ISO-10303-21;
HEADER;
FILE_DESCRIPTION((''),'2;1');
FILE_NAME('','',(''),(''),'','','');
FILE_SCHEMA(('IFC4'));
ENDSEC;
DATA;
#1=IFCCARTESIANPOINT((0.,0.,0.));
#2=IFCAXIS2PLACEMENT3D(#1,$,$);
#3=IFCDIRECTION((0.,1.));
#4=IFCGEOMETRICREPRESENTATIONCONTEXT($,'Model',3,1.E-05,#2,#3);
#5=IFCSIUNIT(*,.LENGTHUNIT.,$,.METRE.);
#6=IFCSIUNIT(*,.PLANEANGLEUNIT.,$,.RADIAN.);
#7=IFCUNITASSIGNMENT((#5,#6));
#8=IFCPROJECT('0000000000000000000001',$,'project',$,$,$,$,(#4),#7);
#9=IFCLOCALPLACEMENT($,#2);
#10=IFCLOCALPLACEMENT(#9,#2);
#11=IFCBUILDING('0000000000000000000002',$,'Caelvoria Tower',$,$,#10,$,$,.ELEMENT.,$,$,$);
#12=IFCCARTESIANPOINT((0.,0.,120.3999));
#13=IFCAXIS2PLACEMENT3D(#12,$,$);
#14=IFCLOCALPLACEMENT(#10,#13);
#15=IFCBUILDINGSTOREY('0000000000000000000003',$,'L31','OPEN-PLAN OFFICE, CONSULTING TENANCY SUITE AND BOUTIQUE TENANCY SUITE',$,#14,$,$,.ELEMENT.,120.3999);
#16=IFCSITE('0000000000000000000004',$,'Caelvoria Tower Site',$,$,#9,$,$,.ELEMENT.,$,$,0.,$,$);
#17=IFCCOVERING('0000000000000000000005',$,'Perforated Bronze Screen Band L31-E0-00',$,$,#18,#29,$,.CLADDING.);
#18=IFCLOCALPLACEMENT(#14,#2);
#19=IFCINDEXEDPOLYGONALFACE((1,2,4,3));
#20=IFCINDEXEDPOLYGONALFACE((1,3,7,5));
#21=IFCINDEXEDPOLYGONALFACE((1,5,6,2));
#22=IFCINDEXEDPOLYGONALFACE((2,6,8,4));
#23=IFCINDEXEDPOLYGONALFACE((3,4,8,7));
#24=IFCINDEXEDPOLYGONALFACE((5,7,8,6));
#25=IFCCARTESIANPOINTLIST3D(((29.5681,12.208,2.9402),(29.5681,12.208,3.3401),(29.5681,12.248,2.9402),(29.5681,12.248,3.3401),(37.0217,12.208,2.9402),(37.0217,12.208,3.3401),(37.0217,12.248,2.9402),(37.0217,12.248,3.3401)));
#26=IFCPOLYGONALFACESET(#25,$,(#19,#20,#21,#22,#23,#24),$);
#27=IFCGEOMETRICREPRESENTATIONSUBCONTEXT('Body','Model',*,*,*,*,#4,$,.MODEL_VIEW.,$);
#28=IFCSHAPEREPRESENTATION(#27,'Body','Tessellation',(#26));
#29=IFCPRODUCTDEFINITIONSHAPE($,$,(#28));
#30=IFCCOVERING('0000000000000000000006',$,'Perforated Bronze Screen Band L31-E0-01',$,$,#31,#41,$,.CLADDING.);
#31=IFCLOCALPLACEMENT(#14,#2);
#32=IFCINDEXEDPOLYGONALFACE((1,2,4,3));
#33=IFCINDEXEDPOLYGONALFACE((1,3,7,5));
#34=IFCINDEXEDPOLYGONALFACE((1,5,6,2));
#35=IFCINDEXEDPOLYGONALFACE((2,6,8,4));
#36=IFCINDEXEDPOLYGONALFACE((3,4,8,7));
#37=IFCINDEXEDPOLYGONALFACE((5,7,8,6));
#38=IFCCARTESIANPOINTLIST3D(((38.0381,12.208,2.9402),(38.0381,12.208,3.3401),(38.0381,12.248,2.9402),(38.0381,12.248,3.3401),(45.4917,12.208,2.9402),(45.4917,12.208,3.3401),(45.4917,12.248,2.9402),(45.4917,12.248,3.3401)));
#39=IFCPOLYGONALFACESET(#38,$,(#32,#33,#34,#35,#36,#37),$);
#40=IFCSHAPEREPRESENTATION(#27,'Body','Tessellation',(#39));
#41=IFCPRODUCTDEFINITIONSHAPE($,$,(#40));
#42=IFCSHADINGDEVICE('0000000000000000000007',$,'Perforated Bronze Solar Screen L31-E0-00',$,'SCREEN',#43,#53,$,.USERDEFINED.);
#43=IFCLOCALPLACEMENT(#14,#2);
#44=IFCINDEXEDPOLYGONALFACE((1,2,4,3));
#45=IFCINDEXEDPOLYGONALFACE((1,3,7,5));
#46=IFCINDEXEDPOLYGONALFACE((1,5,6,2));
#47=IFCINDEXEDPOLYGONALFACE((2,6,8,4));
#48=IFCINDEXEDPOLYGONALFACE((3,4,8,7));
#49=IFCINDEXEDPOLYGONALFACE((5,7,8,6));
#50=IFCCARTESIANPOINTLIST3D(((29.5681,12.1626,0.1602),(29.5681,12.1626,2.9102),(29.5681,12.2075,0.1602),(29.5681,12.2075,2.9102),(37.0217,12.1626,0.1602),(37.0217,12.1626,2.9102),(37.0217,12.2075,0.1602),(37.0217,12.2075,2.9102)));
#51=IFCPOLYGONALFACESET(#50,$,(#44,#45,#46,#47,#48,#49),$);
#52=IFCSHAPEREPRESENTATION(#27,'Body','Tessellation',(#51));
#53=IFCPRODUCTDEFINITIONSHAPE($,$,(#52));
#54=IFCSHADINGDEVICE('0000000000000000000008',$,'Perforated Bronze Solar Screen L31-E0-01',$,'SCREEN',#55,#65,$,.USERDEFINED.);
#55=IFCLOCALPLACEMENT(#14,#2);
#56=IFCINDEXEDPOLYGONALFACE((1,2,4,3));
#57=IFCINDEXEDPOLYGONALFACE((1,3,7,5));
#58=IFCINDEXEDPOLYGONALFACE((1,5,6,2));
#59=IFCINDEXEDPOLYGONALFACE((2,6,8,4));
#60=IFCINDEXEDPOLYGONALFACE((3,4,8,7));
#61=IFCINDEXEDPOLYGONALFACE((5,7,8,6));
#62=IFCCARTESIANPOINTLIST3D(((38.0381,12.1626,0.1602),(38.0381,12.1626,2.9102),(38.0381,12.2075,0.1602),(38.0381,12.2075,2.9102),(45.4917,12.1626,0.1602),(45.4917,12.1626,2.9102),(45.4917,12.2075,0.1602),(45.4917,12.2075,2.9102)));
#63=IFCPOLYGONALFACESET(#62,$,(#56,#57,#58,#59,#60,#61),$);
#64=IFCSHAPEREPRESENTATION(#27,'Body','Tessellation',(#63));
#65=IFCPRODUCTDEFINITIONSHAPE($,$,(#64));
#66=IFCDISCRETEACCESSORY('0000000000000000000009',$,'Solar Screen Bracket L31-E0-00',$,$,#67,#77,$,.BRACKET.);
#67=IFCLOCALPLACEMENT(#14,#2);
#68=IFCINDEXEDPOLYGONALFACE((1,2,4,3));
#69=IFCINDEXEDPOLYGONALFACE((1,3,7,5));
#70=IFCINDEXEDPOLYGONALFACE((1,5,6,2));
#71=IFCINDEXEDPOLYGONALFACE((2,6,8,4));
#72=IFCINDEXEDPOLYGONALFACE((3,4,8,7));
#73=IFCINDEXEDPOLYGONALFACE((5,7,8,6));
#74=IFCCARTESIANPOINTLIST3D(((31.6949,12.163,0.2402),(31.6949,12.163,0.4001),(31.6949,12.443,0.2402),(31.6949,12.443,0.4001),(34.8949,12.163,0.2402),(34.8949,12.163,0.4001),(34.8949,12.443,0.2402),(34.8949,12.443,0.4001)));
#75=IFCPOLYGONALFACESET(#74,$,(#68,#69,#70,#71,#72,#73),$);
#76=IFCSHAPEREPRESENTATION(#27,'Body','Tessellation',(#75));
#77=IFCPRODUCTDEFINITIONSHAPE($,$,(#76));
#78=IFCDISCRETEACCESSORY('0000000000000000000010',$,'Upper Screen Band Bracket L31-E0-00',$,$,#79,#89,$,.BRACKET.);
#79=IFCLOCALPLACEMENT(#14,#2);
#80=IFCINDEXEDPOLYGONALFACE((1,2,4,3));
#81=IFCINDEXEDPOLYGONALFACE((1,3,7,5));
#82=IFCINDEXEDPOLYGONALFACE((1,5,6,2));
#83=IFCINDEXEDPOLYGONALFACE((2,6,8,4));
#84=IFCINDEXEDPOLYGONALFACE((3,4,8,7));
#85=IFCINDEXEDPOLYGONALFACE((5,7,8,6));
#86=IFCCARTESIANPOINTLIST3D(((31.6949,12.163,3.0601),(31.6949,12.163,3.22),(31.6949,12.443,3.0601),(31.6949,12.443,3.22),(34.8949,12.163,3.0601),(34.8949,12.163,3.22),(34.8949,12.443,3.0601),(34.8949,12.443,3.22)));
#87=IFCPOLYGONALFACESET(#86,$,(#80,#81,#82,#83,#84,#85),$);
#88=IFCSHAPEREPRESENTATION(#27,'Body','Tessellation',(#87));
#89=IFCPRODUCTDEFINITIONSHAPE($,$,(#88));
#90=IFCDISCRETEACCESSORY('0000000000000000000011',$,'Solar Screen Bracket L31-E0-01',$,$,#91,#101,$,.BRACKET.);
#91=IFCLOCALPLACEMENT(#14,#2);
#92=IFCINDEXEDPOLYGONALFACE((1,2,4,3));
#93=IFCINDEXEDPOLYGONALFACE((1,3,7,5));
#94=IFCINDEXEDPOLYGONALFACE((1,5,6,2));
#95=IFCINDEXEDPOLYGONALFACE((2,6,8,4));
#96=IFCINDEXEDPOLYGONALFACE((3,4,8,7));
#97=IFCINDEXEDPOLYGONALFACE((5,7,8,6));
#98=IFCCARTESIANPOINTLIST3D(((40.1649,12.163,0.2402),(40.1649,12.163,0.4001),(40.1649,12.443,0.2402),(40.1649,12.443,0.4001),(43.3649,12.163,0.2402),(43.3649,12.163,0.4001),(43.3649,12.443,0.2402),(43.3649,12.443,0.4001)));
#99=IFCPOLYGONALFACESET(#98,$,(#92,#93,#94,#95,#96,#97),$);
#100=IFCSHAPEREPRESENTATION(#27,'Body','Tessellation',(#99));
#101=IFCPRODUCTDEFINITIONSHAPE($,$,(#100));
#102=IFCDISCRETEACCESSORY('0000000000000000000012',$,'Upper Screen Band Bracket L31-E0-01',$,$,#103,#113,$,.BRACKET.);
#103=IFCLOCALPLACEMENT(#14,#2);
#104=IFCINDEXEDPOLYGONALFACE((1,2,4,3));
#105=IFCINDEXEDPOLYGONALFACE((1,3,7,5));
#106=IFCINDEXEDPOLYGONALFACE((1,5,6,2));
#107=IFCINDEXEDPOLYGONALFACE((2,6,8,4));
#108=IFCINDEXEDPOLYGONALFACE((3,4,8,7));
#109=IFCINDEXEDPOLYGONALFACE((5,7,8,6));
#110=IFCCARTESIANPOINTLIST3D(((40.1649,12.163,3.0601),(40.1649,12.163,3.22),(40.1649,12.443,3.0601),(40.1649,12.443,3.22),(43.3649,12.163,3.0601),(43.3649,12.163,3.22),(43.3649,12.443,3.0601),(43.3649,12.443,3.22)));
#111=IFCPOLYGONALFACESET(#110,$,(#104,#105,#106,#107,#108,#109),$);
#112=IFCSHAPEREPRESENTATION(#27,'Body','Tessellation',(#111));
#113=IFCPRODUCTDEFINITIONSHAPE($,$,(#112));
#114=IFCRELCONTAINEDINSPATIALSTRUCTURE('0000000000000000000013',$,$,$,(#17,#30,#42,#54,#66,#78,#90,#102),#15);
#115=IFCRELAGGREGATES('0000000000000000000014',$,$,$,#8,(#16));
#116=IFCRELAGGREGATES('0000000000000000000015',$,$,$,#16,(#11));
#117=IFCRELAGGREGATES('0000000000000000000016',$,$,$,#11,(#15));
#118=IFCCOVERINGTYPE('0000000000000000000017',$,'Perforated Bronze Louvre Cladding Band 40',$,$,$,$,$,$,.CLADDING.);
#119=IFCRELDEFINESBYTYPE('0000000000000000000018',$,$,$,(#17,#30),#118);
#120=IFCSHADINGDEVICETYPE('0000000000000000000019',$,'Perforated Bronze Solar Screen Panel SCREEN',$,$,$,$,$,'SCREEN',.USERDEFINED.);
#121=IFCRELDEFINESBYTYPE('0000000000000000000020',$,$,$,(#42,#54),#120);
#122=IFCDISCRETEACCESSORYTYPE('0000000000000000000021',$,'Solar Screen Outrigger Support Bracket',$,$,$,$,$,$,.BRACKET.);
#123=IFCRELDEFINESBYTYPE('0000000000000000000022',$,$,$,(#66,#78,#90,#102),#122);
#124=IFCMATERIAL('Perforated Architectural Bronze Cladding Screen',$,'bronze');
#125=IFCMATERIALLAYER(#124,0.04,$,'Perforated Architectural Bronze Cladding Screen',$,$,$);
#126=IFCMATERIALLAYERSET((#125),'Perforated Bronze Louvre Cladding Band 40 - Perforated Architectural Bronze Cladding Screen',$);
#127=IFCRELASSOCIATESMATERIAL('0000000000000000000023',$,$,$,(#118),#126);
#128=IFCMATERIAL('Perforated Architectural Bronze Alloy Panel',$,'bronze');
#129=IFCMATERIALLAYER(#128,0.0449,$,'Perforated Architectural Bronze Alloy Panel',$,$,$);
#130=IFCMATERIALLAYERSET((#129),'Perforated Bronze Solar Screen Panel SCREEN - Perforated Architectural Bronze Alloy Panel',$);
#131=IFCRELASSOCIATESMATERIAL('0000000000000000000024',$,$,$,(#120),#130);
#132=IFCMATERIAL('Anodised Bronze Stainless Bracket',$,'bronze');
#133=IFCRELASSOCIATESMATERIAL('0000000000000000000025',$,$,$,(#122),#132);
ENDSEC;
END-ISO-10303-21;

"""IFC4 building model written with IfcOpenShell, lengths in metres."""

from ifc_helpers import new_model, si_unit, direction, frame, origin, origin_2d, place, context, subcontext, project, spatial, rectangle, extrude, material, layer, layer_set, type_object, element, save


model = new_model("IFC4")

# Units and contexts
model_context = context("Model", 3, precision=1e-05, world=origin(), true_north=direction((0.0, 1.0)))
body_context = subcontext(model_context, "Body", "Model", "MODEL_VIEW")
ifc_project = project(units=[si_unit("LENGTHUNIT", "METRE"), si_unit("PLANEANGLEUNIT", "RADIAN")], contexts=[model_context])

# Site, building, storey
site_placement = place(None, origin())
site = spatial("IfcSite", under=ifc_project, at=site_placement, Name="Caelvoria Tower Site", CompositionType="ELEMENT", RefElevation=0.0)
building_placement = place(site_placement, origin())
building = spatial("IfcBuilding", under=site, at=building_placement, Name="Caelvoria Tower", CompositionType="ELEMENT")
storey_placement = place(building_placement, frame((0.0, 0.0, 120.3999)))
storey = spatial("IfcBuildingStorey", under=building, at=storey_placement, Name="L31", Description="OPEN-PLAN OFFICE, CONSULTING TENANCY SUITE AND BOUTIQUE TENANCY SUITE", CompositionType="ELEMENT", Elevation=120.3999)

# Coverings
ifc_material_1 = material(Name="Perforated Architectural Bronze Cladding Screen", Category="bronze")
ifc_layer_1 = layer(ifc_material_1, 0.04, Name="Perforated Architectural Bronze Cladding Screen")
ifc_layer_set_1 = layer_set([ifc_layer_1], Name="Perforated Bronze Louvre Cladding Band 40 - Perforated Architectural Bronze Cladding Screen")
covering_type = type_object("IfcCoveringType", Name="Perforated Bronze Louvre Cladding Band 40", PredefinedType="CLADDING", material=ifc_layer_set_1)
for number, where, z_axis, x_axis, name in (
    (1, (33.2949, 12.228, 2.9402), (0.0, 0.0, 1.0), (1.0, 0.0, 0.0), "Perforated Bronze Screen Band L31-E0-00"),
    (2, (41.7649, 12.228, 2.9402), (0.0, 0.0, 1.0), (1.0, 0.0, 0.0), "Perforated Bronze Screen Band L31-E0-01"),
):
    element("IfcCovering", number, at=place(storey_placement, frame(where, z_axis=z_axis, x_axis=x_axis)), inside=storey, type_object=covering_type, Name=name, PredefinedType="CLADDING", context=body_context, shape_type="SweptSolid", body=[
        extrude(rectangle(XDim=7.4536, YDim=0.04, at=origin_2d()), origin(), (0.0, 0.0, 1.0), 0.3999),
    ])

# Shading devices
ifc_material_2 = material(Name="Perforated Architectural Bronze Alloy Panel", Category="bronze")
ifc_layer_2 = layer(ifc_material_2, 0.0449, Name="Perforated Architectural Bronze Alloy Panel")
ifc_layer_set_2 = layer_set([ifc_layer_2], Name="Perforated Bronze Solar Screen Panel SCREEN - Perforated Architectural Bronze Alloy Panel")
shading_device_type = type_object("IfcShadingDeviceType", Name="Perforated Bronze Solar Screen Panel SCREEN", ElementType="SCREEN", PredefinedType="USERDEFINED", material=ifc_layer_set_2)
for number, where, z_axis, x_axis, name in (
    (3, (33.2949, 12.1851, 0.1602), (0.0, 0.0, 1.0), (1.0, 0.0, 0.0), "Perforated Bronze Solar Screen L31-E0-00"),
    (4, (41.7649, 12.1851, 0.1602), (0.0, 0.0, 1.0), (1.0, 0.0, 0.0), "Perforated Bronze Solar Screen L31-E0-01"),
):
    element("IfcShadingDevice", number, at=place(storey_placement, frame(where, z_axis=z_axis, x_axis=x_axis)), inside=storey, type_object=shading_device_type, Name=name, ObjectType="SCREEN", PredefinedType="USERDEFINED", context=body_context, shape_type="SweptSolid", body=[
        extrude(rectangle(XDim=7.4536, YDim=0.0449, at=origin_2d()), origin(), (0.0, 0.0, 1.0), 2.75),
    ])

# Discrete accessories
ifc_material_3 = material(Name="Anodised Bronze Stainless Bracket", Category="bronze")
discrete_accessory_type = type_object("IfcDiscreteAccessoryType", Name="Solar Screen Outrigger Support Bracket", PredefinedType="BRACKET", material=ifc_material_3)
for number, where, z_axis, x_axis, name in (
    (5, (33.2949, 12.303, 0.2402), (0.0, 0.0, 1.0), (1.0, 0.0, 0.0), "Solar Screen Bracket L31-E0-00"),
    (6, (33.2949, 12.303, 3.0601), (0.0, 0.0, 1.0), (1.0, 0.0, 0.0), "Upper Screen Band Bracket L31-E0-00"),
    (7, (41.7649, 12.303, 0.2402), (0.0, 0.0, 1.0), (1.0, 0.0, 0.0), "Solar Screen Bracket L31-E0-01"),
    (8, (41.7649, 12.303, 3.0601), (0.0, 0.0, 1.0), (1.0, 0.0, 0.0), "Upper Screen Band Bracket L31-E0-01"),
):
    element("IfcDiscreteAccessory", number, at=place(storey_placement, frame(where, z_axis=z_axis, x_axis=x_axis)), inside=storey, type_object=discrete_accessory_type, Name=name, PredefinedType="BRACKET", context=body_context, shape_type="SweptSolid", body=[
        extrude(rectangle(XDim=3.2, YDim=0.28, at=origin_2d()), origin(), (0.0, 0.0, 1.0), 0.1599),
    ])

save(model, "model.ifc")
